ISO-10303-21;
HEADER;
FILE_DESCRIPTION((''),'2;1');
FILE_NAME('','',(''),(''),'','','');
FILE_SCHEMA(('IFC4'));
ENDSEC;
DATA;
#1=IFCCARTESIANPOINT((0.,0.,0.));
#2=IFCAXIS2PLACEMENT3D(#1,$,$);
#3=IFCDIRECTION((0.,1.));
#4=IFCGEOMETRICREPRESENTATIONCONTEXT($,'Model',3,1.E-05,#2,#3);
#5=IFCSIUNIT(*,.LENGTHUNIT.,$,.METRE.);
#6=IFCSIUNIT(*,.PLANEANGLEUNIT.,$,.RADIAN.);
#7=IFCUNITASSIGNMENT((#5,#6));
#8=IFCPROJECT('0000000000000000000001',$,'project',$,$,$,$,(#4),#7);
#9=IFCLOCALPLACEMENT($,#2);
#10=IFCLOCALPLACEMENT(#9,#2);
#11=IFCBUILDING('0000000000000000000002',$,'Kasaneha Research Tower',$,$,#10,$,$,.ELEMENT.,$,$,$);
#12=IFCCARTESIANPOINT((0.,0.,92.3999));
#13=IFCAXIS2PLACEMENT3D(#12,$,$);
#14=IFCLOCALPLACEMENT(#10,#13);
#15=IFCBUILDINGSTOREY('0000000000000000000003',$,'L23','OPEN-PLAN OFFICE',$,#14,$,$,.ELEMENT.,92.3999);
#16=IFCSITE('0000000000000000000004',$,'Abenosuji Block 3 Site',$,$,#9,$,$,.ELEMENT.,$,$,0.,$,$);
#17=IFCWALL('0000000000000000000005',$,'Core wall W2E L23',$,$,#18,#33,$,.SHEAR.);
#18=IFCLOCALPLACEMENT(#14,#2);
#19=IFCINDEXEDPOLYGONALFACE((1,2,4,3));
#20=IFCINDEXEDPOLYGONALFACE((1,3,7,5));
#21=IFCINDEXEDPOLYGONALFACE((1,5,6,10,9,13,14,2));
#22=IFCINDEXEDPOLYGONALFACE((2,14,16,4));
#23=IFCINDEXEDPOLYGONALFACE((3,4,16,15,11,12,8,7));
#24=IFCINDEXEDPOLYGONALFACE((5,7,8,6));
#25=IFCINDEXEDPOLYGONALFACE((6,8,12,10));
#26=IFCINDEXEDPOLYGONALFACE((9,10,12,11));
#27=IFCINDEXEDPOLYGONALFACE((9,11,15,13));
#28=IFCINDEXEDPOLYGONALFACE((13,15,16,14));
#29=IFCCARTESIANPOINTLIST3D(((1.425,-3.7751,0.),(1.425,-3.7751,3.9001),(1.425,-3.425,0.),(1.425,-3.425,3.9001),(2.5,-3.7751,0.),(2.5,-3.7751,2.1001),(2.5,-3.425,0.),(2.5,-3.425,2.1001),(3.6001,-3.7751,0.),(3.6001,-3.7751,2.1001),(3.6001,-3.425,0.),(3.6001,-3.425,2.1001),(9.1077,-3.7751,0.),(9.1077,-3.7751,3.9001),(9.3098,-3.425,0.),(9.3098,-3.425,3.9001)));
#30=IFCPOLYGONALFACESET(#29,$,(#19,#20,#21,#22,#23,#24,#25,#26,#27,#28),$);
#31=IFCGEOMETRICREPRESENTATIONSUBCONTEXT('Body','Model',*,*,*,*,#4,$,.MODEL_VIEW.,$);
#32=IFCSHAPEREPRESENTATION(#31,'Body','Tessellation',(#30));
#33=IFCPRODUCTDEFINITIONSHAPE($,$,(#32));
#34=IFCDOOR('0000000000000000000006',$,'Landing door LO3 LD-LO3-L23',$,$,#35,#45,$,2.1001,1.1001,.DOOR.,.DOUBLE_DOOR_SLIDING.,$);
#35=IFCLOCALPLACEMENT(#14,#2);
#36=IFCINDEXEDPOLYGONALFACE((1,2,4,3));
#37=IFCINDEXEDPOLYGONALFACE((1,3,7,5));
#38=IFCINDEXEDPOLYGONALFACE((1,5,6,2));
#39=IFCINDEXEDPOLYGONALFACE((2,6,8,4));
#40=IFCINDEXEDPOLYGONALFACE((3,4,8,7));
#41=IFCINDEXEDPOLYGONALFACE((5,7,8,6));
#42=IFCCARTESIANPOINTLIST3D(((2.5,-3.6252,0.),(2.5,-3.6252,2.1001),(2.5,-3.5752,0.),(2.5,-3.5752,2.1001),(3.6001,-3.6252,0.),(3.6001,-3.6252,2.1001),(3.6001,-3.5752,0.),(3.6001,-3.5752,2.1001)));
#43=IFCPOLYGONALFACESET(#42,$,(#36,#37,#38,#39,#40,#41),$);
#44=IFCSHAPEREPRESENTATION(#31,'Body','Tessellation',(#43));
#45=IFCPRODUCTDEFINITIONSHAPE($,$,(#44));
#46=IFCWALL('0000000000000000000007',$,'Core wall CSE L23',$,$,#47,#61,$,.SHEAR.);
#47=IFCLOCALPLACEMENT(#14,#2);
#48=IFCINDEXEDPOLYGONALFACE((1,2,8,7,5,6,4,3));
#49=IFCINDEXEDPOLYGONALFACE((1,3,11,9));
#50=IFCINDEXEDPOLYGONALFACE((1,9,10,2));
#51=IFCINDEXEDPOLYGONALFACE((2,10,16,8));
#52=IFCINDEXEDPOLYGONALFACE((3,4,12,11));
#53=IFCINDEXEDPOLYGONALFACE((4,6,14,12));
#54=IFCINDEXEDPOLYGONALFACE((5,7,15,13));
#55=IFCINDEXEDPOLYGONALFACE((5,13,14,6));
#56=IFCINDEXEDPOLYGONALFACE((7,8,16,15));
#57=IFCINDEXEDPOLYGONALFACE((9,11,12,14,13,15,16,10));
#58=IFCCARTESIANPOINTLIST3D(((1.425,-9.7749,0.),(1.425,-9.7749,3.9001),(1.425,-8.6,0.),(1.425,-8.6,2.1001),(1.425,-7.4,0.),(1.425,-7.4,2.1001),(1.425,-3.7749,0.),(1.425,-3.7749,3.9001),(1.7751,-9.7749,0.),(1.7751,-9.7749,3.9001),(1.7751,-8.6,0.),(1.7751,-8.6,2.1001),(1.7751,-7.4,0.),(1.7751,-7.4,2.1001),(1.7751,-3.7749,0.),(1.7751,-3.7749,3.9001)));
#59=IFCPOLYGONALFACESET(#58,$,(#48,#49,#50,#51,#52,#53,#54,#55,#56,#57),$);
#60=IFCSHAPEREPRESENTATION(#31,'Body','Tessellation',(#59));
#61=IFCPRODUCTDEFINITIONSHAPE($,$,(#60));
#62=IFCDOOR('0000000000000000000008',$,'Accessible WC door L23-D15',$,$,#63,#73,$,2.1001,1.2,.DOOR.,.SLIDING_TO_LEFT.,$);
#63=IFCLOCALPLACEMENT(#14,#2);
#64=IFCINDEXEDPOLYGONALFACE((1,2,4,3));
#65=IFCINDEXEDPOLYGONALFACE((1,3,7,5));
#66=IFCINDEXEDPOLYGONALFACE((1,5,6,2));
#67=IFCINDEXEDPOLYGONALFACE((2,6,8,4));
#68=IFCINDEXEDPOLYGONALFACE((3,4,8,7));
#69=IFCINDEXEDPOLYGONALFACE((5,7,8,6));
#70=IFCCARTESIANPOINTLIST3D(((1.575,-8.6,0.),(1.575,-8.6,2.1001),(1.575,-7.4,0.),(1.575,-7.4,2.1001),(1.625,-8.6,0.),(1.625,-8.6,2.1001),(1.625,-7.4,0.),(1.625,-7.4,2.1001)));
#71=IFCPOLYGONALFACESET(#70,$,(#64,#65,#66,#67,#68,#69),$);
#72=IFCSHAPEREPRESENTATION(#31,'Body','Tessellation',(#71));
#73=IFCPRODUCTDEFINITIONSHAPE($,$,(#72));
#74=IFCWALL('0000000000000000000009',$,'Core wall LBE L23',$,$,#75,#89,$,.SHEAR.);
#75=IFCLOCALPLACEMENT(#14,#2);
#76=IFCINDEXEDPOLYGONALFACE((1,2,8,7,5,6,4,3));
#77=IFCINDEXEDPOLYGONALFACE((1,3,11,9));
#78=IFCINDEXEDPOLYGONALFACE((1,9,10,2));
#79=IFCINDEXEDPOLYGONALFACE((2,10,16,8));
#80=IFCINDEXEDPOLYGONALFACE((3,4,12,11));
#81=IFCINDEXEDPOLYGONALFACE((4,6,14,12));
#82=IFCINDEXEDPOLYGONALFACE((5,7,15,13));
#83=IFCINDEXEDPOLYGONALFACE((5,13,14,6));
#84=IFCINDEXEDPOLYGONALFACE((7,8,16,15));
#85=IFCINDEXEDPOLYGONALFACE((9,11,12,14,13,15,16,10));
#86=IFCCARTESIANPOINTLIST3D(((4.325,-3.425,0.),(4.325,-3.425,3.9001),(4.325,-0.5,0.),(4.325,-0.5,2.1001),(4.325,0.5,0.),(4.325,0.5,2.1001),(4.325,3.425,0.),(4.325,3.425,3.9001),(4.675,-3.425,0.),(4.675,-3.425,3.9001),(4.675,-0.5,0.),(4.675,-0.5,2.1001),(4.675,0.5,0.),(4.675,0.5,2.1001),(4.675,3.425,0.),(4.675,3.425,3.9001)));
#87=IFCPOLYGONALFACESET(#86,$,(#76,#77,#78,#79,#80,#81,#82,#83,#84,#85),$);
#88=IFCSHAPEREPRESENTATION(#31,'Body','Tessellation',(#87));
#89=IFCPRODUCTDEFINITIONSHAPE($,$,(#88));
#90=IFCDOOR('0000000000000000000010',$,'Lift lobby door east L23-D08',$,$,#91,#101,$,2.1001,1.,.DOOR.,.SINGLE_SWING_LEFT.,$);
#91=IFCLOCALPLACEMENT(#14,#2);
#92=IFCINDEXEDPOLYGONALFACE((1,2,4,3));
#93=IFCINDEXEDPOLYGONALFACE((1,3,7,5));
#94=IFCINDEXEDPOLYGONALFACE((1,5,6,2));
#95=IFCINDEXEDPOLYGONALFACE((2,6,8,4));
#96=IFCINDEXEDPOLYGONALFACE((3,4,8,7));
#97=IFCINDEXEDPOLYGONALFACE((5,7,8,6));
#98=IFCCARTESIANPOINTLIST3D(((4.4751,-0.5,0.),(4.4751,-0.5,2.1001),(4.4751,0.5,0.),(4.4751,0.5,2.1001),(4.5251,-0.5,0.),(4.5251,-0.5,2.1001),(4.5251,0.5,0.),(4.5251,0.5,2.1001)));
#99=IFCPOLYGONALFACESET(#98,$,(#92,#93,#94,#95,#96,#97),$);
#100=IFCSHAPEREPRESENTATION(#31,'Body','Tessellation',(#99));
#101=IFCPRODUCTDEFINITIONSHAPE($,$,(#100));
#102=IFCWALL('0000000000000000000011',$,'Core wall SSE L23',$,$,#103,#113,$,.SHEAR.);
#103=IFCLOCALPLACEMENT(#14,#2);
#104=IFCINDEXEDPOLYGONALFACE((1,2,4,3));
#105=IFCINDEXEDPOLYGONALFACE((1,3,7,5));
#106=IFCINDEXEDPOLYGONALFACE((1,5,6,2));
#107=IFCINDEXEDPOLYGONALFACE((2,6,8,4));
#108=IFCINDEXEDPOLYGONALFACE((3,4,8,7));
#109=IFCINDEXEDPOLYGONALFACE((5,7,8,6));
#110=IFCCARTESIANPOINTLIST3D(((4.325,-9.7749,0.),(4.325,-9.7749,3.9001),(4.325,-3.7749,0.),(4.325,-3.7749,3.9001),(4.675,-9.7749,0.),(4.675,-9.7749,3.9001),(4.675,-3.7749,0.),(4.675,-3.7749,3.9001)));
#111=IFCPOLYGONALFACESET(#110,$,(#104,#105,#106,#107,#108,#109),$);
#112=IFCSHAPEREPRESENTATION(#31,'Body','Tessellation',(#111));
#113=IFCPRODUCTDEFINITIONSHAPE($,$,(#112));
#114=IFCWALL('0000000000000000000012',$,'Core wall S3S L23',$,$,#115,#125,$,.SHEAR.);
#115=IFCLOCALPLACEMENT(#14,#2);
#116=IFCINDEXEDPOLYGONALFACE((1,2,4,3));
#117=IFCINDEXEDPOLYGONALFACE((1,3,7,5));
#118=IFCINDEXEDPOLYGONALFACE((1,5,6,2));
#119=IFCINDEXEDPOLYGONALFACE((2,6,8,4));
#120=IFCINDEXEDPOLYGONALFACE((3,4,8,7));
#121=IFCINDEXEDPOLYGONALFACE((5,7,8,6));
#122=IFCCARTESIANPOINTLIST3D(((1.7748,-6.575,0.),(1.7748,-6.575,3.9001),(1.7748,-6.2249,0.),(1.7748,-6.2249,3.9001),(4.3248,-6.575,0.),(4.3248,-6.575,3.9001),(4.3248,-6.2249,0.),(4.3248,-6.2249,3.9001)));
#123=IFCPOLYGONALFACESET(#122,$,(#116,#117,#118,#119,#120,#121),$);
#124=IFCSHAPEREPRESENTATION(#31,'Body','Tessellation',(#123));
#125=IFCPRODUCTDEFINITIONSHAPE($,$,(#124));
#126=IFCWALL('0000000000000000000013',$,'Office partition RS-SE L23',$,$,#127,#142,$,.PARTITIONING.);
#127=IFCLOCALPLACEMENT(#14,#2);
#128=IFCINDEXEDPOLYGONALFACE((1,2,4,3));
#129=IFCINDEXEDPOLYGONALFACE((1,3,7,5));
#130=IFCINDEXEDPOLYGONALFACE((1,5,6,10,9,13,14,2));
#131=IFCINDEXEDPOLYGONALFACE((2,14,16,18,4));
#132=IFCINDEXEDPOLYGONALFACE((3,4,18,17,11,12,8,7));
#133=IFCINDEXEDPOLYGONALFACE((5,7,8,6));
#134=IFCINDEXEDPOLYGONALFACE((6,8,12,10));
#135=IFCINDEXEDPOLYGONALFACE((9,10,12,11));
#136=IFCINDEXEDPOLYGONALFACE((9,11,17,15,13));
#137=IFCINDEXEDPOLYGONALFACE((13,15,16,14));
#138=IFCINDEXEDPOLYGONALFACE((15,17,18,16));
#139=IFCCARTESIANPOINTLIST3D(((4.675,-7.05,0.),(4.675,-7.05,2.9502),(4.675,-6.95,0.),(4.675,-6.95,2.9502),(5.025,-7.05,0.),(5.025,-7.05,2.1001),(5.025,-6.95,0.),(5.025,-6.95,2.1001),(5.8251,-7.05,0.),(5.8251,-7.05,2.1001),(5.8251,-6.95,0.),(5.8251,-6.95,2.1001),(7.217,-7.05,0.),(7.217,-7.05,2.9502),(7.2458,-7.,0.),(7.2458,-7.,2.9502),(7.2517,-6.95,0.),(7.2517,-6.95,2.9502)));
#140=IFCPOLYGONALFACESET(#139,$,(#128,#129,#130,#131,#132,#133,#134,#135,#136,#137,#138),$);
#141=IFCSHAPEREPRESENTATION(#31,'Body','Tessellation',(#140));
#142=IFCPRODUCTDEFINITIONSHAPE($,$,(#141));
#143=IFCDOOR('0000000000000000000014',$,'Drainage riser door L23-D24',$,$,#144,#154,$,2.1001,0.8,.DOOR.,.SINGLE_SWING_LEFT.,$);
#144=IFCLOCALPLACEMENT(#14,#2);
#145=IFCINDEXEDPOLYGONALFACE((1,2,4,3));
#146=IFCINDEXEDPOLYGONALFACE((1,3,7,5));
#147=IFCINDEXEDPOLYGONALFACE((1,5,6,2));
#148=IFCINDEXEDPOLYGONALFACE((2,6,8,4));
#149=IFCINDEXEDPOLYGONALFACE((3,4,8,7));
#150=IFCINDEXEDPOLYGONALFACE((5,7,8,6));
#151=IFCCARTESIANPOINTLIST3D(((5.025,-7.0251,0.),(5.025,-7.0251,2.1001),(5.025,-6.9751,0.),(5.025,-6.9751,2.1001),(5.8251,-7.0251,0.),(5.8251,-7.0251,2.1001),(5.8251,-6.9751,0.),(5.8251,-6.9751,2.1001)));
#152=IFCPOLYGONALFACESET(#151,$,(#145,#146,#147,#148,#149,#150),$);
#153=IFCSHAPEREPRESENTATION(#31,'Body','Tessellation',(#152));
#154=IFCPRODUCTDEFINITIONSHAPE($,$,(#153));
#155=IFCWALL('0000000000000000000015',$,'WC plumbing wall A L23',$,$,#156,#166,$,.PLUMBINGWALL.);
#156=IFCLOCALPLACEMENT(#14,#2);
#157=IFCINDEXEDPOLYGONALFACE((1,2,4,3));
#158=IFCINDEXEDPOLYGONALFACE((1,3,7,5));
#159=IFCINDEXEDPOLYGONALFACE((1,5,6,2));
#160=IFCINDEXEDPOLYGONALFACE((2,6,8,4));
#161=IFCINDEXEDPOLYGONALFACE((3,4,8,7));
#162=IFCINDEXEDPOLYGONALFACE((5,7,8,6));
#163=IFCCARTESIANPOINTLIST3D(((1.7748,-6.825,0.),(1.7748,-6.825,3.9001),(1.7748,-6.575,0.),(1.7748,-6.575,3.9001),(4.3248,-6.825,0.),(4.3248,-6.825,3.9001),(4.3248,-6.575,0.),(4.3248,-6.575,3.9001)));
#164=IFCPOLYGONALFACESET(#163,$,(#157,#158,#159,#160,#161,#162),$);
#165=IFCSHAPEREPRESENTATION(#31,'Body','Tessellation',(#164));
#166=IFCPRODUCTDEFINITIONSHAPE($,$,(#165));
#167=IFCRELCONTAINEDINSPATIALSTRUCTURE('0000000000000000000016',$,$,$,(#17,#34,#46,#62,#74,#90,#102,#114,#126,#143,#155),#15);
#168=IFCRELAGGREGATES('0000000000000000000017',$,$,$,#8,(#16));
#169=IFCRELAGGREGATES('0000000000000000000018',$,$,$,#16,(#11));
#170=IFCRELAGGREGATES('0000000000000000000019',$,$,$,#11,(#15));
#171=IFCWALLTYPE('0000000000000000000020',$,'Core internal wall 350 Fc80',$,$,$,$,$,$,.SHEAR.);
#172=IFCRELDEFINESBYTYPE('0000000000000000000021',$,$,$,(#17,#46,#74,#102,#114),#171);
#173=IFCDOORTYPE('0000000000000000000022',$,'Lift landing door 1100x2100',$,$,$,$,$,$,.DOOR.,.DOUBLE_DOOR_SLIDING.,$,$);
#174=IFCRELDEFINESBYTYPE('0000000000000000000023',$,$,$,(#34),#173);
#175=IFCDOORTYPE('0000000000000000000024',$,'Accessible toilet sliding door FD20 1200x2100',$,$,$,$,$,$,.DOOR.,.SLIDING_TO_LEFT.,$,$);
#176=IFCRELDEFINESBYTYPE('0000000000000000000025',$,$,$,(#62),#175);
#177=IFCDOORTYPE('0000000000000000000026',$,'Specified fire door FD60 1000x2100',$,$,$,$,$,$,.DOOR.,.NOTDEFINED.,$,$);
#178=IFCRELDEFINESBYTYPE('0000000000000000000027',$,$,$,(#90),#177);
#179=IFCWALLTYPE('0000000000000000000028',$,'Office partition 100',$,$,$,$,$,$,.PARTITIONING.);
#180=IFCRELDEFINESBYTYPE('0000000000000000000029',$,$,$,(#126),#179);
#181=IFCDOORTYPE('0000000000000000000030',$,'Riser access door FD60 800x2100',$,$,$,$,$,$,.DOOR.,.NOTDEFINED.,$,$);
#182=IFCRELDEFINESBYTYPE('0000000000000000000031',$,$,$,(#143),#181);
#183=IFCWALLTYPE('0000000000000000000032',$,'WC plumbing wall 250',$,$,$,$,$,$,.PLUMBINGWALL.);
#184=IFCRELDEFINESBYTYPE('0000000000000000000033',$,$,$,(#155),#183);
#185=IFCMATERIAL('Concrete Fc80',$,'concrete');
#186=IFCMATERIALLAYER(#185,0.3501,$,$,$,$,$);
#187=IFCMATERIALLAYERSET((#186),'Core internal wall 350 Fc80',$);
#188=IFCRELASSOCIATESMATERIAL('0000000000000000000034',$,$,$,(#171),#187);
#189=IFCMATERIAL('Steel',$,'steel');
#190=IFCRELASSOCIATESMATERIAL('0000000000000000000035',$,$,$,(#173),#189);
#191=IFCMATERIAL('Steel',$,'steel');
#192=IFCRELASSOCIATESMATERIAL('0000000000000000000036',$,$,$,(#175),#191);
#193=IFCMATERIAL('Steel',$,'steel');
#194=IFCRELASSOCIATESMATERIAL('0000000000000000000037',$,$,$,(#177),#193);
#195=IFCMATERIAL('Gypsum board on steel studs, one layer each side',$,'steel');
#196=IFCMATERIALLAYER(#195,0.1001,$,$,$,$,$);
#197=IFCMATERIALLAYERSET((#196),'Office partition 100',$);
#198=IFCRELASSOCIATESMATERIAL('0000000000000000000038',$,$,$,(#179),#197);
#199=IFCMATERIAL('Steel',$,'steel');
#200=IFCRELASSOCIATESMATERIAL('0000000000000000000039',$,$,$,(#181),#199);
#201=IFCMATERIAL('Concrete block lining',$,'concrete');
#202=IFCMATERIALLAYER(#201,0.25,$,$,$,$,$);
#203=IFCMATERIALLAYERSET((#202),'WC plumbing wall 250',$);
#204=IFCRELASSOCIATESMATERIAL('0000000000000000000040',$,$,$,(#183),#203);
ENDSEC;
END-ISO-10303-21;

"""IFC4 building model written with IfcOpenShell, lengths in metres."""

from ifc_helpers import new_model, si_unit, direction, frame, frame_2d, origin, place, context, subcontext, project, spatial, polyline, rectangle, outline, extrude, material, layer, layer_set, type_object, element, fill, save


model = new_model("IFC4")

# Units and contexts
model_context = context("Model", 3, precision=1e-05, world=origin(), true_north=direction((0.0, 1.0)))
body_context = subcontext(model_context, "Body", "Model", "MODEL_VIEW")
ifc_project = project(units=[si_unit("LENGTHUNIT", "METRE"), si_unit("PLANEANGLEUNIT", "RADIAN")], contexts=[model_context])

# Site, building, storey
site_placement = place(None, origin())
site = spatial("IfcSite", under=ifc_project, at=site_placement, Name="Abenosuji Block 3 Site", CompositionType="ELEMENT", RefElevation=0.0)
building_placement = place(site_placement, origin())
building = spatial("IfcBuilding", under=site, at=building_placement, Name="Kasaneha Research Tower", CompositionType="ELEMENT")
storey_placement = place(building_placement, frame((0.0, 0.0, 92.3999)))
storey = spatial("IfcBuildingStorey", under=building, at=storey_placement, Name="L23", Description="OPEN-PLAN OFFICE", CompositionType="ELEMENT", Elevation=92.3999)

# Walls, openings, doors
ifc_material_1 = material(Name="Concrete Fc80", Category="concrete")
ifc_layer_1 = layer(ifc_material_1, 0.3501)
ifc_layer_set_1 = layer_set([ifc_layer_1], Name="Core internal wall 350 Fc80")
wall_type_1 = type_object("IfcWallType", Name="Core internal wall 350 Fc80", PredefinedType="SHEAR", material=ifc_layer_set_1)
wall_1_placement = place(storey_placement, frame((1.425, -3.6001, 0.0), z_axis=(0.0, 0.0, 1.0), x_axis=(1.0, 0.0, 0.0)))
wall_1 = element("IfcWall", 1, at=wall_1_placement, inside=storey, type_object=wall_type_1, Name="Core wall W2E L23", PredefinedType="SHEAR", context=body_context, shape_type="SweptSolid", body=[
    extrude(outline(polyline([(0.0, -0.175), (1.075, -0.175), (2.175, -0.175), (7.6826, -0.175), (7.8848, 0.175), (2.175, 0.175), (1.075, 0.175), (0.0, 0.175), (0.0, -0.175)])), origin(), (0.0, 0.0, 1.0), 3.9001),
])
opening_1_placement = place(wall_1_placement, frame((1.075, 0.0, 0.0)))
opening_1 = element("IfcOpeningElement", 2, at=opening_1_placement, cuts=wall_1, PredefinedType="OPENING", context=body_context, shape_type="SweptSolid", body=[
    extrude(rectangle(XDim=1.1001, YDim=2.1001, at=frame_2d((0.55, 1.05))), frame((0.0, 0.1851, 0.0), z_axis=(0.0, -1.0, 0.0), x_axis=(1.0, 0.0, 0.0)), (0.0, 0.0, 1.0), 0.3701),
])
ifc_material_2 = material(Name="Steel", Category="steel")
door_type_1 = type_object("IfcDoorType", Name="Lift landing door 1100x2100", OperationType="DOUBLE_DOOR_SLIDING", PredefinedType="DOOR", material=ifc_material_2)
door_1_placement = place(opening_1_placement, origin())
door_1 = element("IfcDoor", 3, at=door_1_placement, inside=storey, type_object=door_type_1, Name="Landing door LO3 LD-LO3-L23", OperationType="DOUBLE_DOOR_SLIDING", OverallHeight=2.1001, OverallWidth=1.1001, PredefinedType="DOOR", context=body_context, shape_type="SweptSolid", body=[
    extrude(rectangle(XDim=1.1001, YDim=2.1001, at=frame_2d((0.55, 1.05))), frame((0.0, 0.0249, 0.0), z_axis=(0.0, -1.0, 0.0), x_axis=(1.0, 0.0, 0.0)), (0.0, 0.0, 1.0), 0.05),
])
fill(opening_1, door_1)
wall_2_placement = place(storey_placement, frame((1.6001, -3.7749, 0.0), z_axis=(0.0, 0.0, 1.0), x_axis=(0.0, -1.0, 0.0)))
wall_2 = element("IfcWall", 4, at=wall_2_placement, inside=storey, type_object=wall_type_1, Name="Core wall CSE L23", PredefinedType="SHEAR", context=body_context, shape_type="SweptSolid", body=[
    extrude(rectangle(XDim=6.0, YDim=0.3501, at=frame_2d((3.0, 0.0))), origin(), (0.0, 0.0, 1.0), 3.9001),
])
opening_2_placement = place(wall_2_placement, frame((3.625, 0.0, 0.0)))
opening_2 = element("IfcOpeningElement", 5, at=opening_2_placement, cuts=wall_2, PredefinedType="OPENING", context=body_context, shape_type="SweptSolid", body=[
    extrude(rectangle(XDim=1.2, YDim=2.1001, at=frame_2d((0.6001, 1.05))), frame((0.0, 0.1851, 0.0), z_axis=(0.0, -1.0, 0.0), x_axis=(1.0, 0.0, 0.0)), (0.0, 0.0, 1.0), 0.3701),
])
ifc_material_3 = material(Name="Steel", Category="steel")
door_type_2 = type_object("IfcDoorType", Name="Accessible toilet sliding door FD20 1200x2100", OperationType="SLIDING_TO_LEFT", PredefinedType="DOOR", material=ifc_material_3)
door_2_placement = place(opening_2_placement, origin())
door_2 = element("IfcDoor", 6, at=door_2_placement, inside=storey, type_object=door_type_2, Name="Accessible WC door L23-D15", OperationType="SLIDING_TO_LEFT", OverallHeight=2.1001, OverallWidth=1.2, PredefinedType="DOOR", context=body_context, shape_type="SweptSolid", body=[
    extrude(rectangle(XDim=1.2, YDim=2.1001, at=frame_2d((0.6001, 1.05))), frame((0.0, 0.0249, 0.0), z_axis=(0.0, -1.0, 0.0), x_axis=(1.0, 0.0, 0.0)), (0.0, 0.0, 1.0), 0.05),
])
fill(opening_2, door_2)
wall_3_placement = place(storey_placement, frame((4.5, -3.425, 0.0), z_axis=(0.0, 0.0, 1.0), x_axis=(0.0, 1.0, 0.0)))
wall_3 = element("IfcWall", 7, at=wall_3_placement, inside=storey, type_object=wall_type_1, Name="Core wall LBE L23", PredefinedType="SHEAR", context=body_context, shape_type="SweptSolid", body=[
    extrude(rectangle(XDim=6.8501, YDim=0.3501, at=frame_2d((3.425, 0.0))), origin(), (0.0, 0.0, 1.0), 3.9001),
])
opening_3_placement = place(wall_3_placement, frame((2.925, 0.0, 0.0)))
opening_3 = element("IfcOpeningElement", 8, at=opening_3_placement, cuts=wall_3, PredefinedType="OPENING", context=body_context, shape_type="SweptSolid", body=[
    extrude(rectangle(XDim=1.0, YDim=2.1001, at=frame_2d((0.5, 1.05))), frame((0.0, 0.1851, 0.0), z_axis=(0.0, -1.0, 0.0), x_axis=(1.0, 0.0, 0.0)), (0.0, 0.0, 1.0), 0.3701),
])
ifc_material_4 = material(Name="Steel", Category="steel")
door_type_3 = type_object("IfcDoorType", Name="Specified fire door FD60 1000x2100", OperationType="NOTDEFINED", PredefinedType="DOOR", material=ifc_material_4)
door_3_placement = place(opening_3_placement, origin())
door_3 = element("IfcDoor", 9, at=door_3_placement, inside=storey, type_object=door_type_3, Name="Lift lobby door east L23-D08", OperationType="SINGLE_SWING_LEFT", OverallHeight=2.1001, OverallWidth=1.0, PredefinedType="DOOR", context=body_context, shape_type="SweptSolid", body=[
    extrude(rectangle(XDim=1.0, YDim=2.1001, at=frame_2d((0.5, 1.05))), frame((0.0, 0.0249, 0.0), z_axis=(0.0, -1.0, 0.0), x_axis=(1.0, 0.0, 0.0)), (0.0, 0.0, 1.0), 0.05),
])
fill(opening_3, door_3)

# Walls
wall_4_placement = place(storey_placement, frame((4.5, -3.7749, 0.0), z_axis=(0.0, 0.0, 1.0), x_axis=(0.0, -1.0, 0.0)))
element("IfcWall", 10, at=wall_4_placement, inside=storey, type_object=wall_type_1, Name="Core wall SSE L23", PredefinedType="SHEAR", context=body_context, shape_type="SweptSolid", body=[
    extrude(rectangle(XDim=6.0, YDim=0.3501, at=frame_2d((3.0, 0.0))), origin(), (0.0, 0.0, 1.0), 3.9001),
])
wall_5_placement = place(storey_placement, frame((1.7749, -6.3999, 0.0), z_axis=(0.0, 0.0, 1.0), x_axis=(1.0, 0.0, 0.0)))
element("IfcWall", 11, at=wall_5_placement, inside=storey, type_object=wall_type_1, Name="Core wall S3S L23", PredefinedType="SHEAR", context=body_context, shape_type="SweptSolid", body=[
    extrude(rectangle(XDim=2.55, YDim=0.3501, at=frame_2d((1.2749, 0.0))), origin(), (0.0, 0.0, 1.0), 3.9001),
])

# Wall, opening, door
ifc_material_5 = material(Name="Gypsum board on steel studs, one layer each side", Category="steel")
ifc_layer_2 = layer(ifc_material_5, 0.1001)
ifc_layer_set_2 = layer_set([ifc_layer_2], Name="Office partition 100")
wall_type_2 = type_object("IfcWallType", Name="Office partition 100", PredefinedType="PARTITIONING", material=ifc_layer_set_2)
wall_6_placement = place(storey_placement, frame((4.675, -7.0, 0.0), z_axis=(0.0, 0.0, 1.0), x_axis=(1.0, 0.0, 0.0)))
wall_6 = element("IfcWall", 12, at=wall_6_placement, inside=storey, type_object=wall_type_2, Name="Office partition RS-SE L23", PredefinedType="PARTITIONING", context=body_context, shape_type="SweptSolid", body=[
    extrude(outline(polyline([(0.0, -0.05), (0.3501, -0.05), (1.1501, -0.05), (2.542, -0.05), (2.5708, 0.0), (2.5767, 0.05), (1.1501, 0.05), (0.3501, 0.05), (0.0, 0.05), (0.0, -0.05)])), origin(), (0.0, 0.0, 1.0), 2.9502),
])
opening_4_placement = place(wall_6_placement, frame((0.3501, 0.0, 0.0)))
opening_4 = element("IfcOpeningElement", 13, at=opening_4_placement, cuts=wall_6, PredefinedType="OPENING", context=body_context, shape_type="SweptSolid", body=[
    extrude(rectangle(XDim=0.8, YDim=2.1001, at=frame_2d((0.3999, 1.05))), frame((0.0, 0.0601, 0.0), z_axis=(0.0, -1.0, 0.0), x_axis=(1.0, 0.0, 0.0)), (0.0, 0.0, 1.0), 0.1201),
])
ifc_material_6 = material(Name="Steel", Category="steel")
door_type_4 = type_object("IfcDoorType", Name="Riser access door FD60 800x2100", OperationType="NOTDEFINED", PredefinedType="DOOR", material=ifc_material_6)
door_4_placement = place(opening_4_placement, origin())
door_4 = element("IfcDoor", 14, at=door_4_placement, inside=storey, type_object=door_type_4, Name="Drainage riser door L23-D24", OperationType="SINGLE_SWING_LEFT", OverallHeight=2.1001, OverallWidth=0.8, PredefinedType="DOOR", context=body_context, shape_type="SweptSolid", body=[
    extrude(rectangle(XDim=0.8, YDim=2.1001, at=frame_2d((0.3999, 1.05))), frame((0.0, 0.0249, 0.0), z_axis=(0.0, -1.0, 0.0), x_axis=(1.0, 0.0, 0.0)), (0.0, 0.0, 1.0), 0.05),
])
fill(opening_4, door_4)

# Wall
ifc_material_7 = material(Name="Concrete block lining", Category="concrete")
ifc_layer_3 = layer(ifc_material_7, 0.25)
ifc_layer_set_3 = layer_set([ifc_layer_3], Name="WC plumbing wall 250")
wall_type_3 = type_object("IfcWallType", Name="WC plumbing wall 250", PredefinedType="PLUMBINGWALL", material=ifc_layer_set_3)
wall_7_placement = place(storey_placement, frame((1.7749, -6.7, 0.0), z_axis=(0.0, 0.0, 1.0), x_axis=(1.0, 0.0, 0.0)))
element("IfcWall", 15, at=wall_7_placement, inside=storey, type_object=wall_type_3, Name="WC plumbing wall A L23", PredefinedType="PLUMBINGWALL", context=body_context, shape_type="SweptSolid", body=[
    extrude(rectangle(XDim=2.55, YDim=0.25, at=frame_2d((1.2749, 0.0))), origin(), (0.0, 0.0, 1.0), 3.9001),
])

save(model, "model.ifc")
